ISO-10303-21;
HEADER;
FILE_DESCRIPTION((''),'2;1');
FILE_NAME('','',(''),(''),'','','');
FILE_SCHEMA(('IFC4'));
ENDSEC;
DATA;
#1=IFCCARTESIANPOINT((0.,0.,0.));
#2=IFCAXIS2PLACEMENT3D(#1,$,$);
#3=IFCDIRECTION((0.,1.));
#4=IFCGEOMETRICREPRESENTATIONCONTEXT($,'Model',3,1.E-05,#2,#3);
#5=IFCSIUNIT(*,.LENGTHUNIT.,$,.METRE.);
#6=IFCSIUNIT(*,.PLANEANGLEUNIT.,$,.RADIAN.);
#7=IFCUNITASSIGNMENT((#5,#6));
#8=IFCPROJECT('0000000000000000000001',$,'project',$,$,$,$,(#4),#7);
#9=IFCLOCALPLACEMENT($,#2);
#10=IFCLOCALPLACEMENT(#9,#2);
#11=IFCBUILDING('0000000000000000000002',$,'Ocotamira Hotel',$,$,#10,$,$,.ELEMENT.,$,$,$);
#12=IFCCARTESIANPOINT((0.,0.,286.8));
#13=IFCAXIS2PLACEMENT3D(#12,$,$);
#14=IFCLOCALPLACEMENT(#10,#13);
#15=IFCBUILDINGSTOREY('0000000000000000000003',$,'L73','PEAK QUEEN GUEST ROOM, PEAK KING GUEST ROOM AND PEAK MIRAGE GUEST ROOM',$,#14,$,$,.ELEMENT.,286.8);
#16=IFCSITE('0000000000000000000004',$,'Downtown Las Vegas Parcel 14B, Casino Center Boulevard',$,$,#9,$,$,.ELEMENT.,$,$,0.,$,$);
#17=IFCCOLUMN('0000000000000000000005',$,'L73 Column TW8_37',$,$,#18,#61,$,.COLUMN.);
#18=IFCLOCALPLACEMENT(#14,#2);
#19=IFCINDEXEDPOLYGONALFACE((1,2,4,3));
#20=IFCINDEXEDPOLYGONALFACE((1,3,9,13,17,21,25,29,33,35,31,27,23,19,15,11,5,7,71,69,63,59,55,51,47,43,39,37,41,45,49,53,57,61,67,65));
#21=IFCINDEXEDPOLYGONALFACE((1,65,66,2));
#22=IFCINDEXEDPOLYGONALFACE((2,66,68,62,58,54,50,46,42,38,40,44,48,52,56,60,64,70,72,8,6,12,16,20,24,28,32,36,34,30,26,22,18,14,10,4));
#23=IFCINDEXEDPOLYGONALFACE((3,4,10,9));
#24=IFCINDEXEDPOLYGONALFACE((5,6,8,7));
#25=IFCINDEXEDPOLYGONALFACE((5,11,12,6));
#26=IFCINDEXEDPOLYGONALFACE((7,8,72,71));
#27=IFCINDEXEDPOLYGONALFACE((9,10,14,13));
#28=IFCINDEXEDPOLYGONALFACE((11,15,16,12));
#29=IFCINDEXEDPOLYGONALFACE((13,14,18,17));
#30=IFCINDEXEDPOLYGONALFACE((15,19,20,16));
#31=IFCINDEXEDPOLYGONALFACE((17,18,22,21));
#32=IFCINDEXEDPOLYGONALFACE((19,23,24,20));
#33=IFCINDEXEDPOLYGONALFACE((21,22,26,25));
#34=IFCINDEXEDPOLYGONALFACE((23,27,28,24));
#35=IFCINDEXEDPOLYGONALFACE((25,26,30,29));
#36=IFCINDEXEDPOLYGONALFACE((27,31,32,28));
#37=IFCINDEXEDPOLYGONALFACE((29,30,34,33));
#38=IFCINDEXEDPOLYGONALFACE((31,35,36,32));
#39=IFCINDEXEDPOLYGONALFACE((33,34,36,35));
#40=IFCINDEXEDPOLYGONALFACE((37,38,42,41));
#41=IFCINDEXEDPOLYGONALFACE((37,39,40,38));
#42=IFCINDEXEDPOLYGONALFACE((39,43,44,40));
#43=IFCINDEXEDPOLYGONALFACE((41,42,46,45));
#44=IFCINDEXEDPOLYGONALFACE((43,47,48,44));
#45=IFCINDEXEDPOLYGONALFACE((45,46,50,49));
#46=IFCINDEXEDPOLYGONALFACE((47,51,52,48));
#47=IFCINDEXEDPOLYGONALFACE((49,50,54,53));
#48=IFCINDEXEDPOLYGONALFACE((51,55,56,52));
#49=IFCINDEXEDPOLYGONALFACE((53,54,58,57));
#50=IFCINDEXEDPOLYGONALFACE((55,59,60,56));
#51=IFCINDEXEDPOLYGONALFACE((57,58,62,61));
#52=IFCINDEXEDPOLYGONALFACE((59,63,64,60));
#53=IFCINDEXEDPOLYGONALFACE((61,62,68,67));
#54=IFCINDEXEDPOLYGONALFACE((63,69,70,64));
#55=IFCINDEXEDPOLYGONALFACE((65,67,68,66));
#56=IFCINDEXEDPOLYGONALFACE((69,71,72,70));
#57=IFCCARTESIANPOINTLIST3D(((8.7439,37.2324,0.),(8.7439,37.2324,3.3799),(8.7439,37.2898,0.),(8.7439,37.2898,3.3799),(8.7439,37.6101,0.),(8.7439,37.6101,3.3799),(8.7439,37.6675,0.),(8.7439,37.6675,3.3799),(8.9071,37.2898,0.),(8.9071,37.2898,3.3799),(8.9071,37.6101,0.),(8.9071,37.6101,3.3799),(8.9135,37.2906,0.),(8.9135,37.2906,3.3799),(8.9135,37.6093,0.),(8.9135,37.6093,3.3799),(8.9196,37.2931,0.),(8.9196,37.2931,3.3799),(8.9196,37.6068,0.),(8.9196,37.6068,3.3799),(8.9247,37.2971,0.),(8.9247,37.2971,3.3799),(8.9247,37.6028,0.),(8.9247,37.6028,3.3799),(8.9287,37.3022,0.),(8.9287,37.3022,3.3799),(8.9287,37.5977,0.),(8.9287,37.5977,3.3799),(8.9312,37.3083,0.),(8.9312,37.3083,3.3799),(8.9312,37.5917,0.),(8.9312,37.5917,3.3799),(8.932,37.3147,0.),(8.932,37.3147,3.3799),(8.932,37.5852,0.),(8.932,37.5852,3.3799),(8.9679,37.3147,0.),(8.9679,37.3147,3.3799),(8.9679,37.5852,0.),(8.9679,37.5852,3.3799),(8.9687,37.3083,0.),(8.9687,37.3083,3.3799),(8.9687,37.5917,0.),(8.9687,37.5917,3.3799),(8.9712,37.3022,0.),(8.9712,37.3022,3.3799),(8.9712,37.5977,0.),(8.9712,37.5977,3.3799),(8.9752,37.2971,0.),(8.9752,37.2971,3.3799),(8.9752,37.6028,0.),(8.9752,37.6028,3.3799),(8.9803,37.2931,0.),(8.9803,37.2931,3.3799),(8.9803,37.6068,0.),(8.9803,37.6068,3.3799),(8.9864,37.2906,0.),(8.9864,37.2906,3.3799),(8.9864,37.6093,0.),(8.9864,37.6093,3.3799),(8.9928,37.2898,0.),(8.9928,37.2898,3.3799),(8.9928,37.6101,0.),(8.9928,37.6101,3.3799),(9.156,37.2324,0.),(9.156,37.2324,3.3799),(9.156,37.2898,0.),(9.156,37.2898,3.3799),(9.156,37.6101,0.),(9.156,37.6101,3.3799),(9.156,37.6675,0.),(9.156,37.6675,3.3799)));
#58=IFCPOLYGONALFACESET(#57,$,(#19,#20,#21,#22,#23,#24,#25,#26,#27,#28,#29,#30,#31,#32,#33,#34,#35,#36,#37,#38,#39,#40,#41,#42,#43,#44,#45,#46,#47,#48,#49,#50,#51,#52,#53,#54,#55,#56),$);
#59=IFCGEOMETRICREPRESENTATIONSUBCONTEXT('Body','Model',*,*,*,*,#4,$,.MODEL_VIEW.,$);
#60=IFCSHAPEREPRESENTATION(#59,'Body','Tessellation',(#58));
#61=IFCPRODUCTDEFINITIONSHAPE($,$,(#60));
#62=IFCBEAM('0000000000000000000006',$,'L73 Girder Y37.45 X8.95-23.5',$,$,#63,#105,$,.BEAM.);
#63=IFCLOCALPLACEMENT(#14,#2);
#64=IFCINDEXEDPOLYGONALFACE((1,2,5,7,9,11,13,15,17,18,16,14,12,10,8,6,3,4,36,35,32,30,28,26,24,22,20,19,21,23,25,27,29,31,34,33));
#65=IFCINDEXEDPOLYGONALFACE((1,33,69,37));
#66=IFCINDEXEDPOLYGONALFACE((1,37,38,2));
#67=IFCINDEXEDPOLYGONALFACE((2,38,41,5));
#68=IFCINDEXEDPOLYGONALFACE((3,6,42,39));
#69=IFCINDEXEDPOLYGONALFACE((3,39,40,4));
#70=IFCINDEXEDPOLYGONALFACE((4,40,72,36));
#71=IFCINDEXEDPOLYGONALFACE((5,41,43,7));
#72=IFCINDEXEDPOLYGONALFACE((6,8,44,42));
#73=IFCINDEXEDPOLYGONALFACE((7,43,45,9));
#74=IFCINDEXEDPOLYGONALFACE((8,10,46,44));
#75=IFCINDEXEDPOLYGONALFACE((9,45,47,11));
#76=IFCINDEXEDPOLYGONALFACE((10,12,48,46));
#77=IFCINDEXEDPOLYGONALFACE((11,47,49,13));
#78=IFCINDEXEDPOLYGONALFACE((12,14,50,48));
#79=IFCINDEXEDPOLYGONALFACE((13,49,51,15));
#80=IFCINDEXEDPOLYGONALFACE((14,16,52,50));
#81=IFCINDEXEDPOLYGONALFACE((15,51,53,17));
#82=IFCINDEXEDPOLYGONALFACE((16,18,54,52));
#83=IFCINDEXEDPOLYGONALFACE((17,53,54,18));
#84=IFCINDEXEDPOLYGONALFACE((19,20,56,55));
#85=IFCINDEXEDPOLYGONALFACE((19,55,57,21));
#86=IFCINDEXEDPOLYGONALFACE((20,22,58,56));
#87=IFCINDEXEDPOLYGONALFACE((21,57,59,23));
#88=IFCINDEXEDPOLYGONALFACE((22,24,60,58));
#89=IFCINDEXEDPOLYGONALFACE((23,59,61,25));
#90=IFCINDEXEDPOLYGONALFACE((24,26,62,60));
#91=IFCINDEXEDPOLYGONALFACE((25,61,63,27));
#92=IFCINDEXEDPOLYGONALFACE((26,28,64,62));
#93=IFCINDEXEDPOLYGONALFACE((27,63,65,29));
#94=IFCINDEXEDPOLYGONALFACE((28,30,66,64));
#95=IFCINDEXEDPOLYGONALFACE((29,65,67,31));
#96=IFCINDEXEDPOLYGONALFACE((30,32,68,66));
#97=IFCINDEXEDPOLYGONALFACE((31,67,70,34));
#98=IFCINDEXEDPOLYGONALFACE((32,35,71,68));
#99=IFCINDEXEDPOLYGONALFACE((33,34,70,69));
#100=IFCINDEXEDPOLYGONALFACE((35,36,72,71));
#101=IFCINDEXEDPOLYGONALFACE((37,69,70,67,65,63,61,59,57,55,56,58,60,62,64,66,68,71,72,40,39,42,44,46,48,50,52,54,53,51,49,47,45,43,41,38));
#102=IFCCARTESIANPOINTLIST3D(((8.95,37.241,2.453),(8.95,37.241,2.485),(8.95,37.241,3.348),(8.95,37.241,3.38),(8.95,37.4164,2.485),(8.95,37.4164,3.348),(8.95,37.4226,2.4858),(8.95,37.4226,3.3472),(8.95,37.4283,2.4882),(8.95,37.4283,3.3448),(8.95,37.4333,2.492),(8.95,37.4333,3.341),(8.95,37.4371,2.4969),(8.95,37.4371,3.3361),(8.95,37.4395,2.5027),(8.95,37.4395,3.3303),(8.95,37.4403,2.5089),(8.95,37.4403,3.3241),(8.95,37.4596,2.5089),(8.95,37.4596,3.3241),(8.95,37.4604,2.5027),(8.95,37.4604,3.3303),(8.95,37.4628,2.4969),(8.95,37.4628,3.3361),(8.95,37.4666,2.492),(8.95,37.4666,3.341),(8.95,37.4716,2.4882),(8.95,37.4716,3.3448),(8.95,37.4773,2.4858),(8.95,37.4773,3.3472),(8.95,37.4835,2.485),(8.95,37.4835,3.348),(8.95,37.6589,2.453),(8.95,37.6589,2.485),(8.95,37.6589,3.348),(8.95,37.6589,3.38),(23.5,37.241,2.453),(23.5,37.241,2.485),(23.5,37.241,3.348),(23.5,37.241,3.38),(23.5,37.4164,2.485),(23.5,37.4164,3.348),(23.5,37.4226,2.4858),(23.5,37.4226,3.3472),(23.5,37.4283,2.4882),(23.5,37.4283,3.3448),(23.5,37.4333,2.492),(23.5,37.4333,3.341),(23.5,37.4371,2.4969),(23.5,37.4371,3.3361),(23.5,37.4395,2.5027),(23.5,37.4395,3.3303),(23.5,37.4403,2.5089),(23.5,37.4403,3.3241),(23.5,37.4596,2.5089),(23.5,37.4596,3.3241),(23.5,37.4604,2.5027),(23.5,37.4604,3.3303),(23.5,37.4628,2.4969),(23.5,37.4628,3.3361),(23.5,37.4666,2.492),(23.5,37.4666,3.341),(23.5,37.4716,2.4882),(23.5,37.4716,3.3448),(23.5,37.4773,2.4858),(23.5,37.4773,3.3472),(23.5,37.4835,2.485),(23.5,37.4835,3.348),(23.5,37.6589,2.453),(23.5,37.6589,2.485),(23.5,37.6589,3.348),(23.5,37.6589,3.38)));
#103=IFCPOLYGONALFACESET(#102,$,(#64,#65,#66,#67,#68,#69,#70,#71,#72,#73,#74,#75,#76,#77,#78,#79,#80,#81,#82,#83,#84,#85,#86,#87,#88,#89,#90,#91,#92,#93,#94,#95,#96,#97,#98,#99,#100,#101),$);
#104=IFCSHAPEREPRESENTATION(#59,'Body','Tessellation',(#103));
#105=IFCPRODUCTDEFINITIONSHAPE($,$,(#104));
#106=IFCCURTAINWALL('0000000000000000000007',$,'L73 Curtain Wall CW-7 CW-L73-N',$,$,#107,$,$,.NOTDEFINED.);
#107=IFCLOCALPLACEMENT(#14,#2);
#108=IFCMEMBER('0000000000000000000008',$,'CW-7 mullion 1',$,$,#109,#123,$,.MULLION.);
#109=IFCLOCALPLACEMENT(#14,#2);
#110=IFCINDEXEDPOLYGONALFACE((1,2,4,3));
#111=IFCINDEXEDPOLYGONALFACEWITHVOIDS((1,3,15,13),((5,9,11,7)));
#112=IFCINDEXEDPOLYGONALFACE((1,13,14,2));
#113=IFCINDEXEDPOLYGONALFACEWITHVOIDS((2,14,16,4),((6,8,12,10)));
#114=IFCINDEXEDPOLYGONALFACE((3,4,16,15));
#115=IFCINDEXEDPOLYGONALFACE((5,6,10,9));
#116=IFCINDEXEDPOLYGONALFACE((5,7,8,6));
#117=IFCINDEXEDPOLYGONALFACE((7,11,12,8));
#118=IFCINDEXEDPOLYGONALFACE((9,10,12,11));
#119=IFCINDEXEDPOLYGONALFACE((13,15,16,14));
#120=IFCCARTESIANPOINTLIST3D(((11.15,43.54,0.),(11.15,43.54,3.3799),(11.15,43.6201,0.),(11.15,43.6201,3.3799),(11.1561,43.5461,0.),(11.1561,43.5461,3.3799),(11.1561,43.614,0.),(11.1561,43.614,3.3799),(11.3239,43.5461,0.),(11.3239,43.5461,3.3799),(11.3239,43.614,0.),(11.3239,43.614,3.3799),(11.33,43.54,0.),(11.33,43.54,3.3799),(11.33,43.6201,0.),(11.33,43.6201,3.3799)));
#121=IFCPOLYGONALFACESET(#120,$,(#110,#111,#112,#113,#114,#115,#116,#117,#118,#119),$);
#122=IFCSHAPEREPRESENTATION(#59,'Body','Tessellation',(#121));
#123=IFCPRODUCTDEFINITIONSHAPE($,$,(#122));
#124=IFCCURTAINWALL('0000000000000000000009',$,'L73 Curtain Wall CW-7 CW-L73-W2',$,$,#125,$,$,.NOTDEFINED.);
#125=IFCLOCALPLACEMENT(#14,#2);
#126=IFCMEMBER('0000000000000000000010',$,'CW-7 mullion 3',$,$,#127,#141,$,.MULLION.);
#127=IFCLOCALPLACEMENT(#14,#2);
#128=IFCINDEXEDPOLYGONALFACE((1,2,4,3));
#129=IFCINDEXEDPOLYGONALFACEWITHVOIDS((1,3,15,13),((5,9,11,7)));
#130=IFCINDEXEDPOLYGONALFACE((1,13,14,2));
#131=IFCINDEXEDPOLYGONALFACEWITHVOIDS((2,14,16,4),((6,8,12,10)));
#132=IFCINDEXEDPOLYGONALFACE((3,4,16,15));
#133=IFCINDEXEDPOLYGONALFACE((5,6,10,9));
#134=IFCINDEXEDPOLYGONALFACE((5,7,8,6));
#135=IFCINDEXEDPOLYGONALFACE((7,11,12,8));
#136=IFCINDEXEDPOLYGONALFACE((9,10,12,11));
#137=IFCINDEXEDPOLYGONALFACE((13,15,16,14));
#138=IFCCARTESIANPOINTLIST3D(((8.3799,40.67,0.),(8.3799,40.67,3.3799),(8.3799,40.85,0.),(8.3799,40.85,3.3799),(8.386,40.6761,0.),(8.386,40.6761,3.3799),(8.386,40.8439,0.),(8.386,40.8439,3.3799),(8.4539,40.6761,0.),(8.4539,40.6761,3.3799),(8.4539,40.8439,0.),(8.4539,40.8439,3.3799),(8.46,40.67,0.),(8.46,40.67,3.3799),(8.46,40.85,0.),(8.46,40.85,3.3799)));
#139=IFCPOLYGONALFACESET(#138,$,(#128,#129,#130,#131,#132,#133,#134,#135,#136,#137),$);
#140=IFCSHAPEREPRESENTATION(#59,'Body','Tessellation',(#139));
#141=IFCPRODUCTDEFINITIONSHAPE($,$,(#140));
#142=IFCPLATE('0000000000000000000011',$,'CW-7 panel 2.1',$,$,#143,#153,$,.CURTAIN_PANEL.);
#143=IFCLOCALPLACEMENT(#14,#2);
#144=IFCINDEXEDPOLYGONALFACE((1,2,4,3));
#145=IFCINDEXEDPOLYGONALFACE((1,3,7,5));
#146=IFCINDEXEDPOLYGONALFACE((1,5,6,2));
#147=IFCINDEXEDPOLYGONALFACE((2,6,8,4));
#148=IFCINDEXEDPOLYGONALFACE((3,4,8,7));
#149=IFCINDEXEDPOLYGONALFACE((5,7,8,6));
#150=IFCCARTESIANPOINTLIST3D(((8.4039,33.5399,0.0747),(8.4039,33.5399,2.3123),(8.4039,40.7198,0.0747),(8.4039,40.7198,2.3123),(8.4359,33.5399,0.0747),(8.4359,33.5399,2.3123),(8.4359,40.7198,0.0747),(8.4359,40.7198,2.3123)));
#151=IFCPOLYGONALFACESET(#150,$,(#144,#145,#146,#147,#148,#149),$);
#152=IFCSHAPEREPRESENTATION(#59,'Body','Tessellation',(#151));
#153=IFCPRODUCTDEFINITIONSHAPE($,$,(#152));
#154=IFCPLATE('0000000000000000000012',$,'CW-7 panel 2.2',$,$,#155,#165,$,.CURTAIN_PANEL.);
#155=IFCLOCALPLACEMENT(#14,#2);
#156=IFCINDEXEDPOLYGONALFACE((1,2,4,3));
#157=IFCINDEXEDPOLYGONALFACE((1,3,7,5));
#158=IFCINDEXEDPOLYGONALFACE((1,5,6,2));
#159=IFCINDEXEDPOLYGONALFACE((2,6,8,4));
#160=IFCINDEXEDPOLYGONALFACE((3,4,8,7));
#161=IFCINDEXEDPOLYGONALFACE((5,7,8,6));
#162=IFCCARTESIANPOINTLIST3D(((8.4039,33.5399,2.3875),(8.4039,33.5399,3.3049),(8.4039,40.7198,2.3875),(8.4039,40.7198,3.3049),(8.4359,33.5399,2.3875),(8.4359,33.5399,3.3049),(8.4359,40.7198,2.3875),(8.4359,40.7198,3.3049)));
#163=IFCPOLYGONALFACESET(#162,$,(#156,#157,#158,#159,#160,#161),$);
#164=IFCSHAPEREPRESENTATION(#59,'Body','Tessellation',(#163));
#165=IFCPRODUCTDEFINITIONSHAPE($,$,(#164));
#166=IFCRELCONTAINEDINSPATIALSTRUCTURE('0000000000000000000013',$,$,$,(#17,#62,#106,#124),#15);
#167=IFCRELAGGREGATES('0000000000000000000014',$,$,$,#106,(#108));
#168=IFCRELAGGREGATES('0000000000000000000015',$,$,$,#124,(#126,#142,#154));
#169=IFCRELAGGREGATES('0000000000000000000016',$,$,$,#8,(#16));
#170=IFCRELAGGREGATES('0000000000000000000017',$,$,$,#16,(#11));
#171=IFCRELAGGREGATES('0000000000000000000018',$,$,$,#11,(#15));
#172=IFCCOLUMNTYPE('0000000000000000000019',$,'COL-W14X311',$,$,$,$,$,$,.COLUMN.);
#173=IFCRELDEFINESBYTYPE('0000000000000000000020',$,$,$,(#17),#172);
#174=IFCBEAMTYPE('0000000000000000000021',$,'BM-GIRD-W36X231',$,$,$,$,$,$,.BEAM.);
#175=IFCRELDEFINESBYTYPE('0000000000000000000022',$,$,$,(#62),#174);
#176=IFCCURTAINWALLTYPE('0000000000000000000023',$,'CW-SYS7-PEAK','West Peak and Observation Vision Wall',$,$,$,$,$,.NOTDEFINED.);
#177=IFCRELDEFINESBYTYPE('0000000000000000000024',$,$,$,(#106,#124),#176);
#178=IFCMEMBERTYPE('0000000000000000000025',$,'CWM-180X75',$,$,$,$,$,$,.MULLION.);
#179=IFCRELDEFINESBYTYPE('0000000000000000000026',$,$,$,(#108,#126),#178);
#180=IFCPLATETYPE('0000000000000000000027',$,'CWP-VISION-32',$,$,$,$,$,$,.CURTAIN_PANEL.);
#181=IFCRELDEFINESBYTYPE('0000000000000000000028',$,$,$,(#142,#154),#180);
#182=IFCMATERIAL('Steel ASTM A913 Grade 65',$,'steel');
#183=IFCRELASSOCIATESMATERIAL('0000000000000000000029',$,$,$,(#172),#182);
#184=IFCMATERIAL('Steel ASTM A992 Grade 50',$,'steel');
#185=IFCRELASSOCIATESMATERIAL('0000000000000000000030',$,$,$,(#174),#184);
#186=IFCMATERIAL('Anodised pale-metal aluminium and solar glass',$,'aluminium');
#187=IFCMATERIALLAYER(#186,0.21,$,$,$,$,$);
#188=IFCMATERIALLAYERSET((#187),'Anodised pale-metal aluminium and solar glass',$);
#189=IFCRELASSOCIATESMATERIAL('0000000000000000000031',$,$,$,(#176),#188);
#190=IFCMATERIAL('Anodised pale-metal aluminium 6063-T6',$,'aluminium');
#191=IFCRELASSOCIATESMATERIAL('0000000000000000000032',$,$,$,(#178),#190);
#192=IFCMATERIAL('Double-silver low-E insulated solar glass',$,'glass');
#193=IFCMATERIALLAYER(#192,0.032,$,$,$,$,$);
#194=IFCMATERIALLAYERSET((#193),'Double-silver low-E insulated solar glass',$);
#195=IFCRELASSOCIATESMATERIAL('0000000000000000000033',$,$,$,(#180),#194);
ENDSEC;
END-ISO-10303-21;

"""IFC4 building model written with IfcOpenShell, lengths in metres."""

from ifc_helpers import new_model, si_unit, direction, frame, origin, origin_2d, place, context, subcontext, project, spatial, rectangle, hollow_rectangle, i_section, extrude, source, transform, mapped, material, layer, layer_set, material_profile, profile_set, type_object, element, aggregate, save


model = new_model("IFC4")

# Units and contexts
model_context = context("Model", 3, precision=1e-05, world=origin(), true_north=direction((0.0, 1.0)))
body_context = subcontext(model_context, "Body", "Model", "MODEL_VIEW")
ifc_project = project(units=[si_unit("LENGTHUNIT", "METRE"), si_unit("PLANEANGLEUNIT", "RADIAN")], contexts=[model_context])

# Site, building, storey
site_placement = place(None, origin())
site = spatial("IfcSite", under=ifc_project, at=site_placement, Name="Downtown Las Vegas Parcel 14B, Casino Center Boulevard", CompositionType="ELEMENT", RefElevation=0.0)
building_placement = place(site_placement, origin())
building = spatial("IfcBuilding", under=site, at=building_placement, Name="Ocotamira Hotel", CompositionType="ELEMENT")
storey_placement = place(building_placement, frame((0.0, 0.0, 286.8)))
storey = spatial("IfcBuildingStorey", under=building, at=storey_placement, Name="L73", Description="PEAK QUEEN GUEST ROOM, PEAK KING GUEST ROOM AND PEAK MIRAGE GUEST ROOM", CompositionType="ELEMENT", Elevation=286.8)

# Column
ifc_material_1 = material(Name="Steel ASTM A913 Grade 65", Category="steel")
ifc_material_profile_1 = material_profile(ifc_material_1, i_section(OverallWidth=0.4121, OverallDepth=0.4351, WebThickness=0.0359, FlangeThickness=0.0574, FilletRadius=0.0249, at=origin_2d()), Name="W14X311")
ifc_profile_set_1 = profile_set([ifc_material_profile_1], Name="Steel ASTM A913 Grade 65")
column_type = type_object("IfcColumnType", Name="COL-W14X311", PredefinedType="COLUMN", material=ifc_profile_set_1)
shared_shape_1 = source(origin(), body_context, "Body", "SweptSolid", [
    extrude(i_section(OverallWidth=0.4121, OverallDepth=0.4351, WebThickness=0.0359, FlangeThickness=0.0574, FilletRadius=0.0249, at=origin_2d()), origin(), (0.0, 0.0, 1.0), 3.3799),
])
column_placement = place(storey_placement, frame((8.95, 37.45, 0.0), z_axis=(0.0, 0.0, 1.0), x_axis=(1.0, 0.0, 0.0)))
element("IfcColumn", 1, at=column_placement, inside=storey, type_object=column_type, Name="L73 Column TW8_37", PredefinedType="COLUMN", context=body_context, shape_type="MappedRepresentation", body=[
    mapped(shared_shape_1, transform((0.0, 0.0, 0.0), scale=1.0)),
])

# Beam
ifc_material_2 = material(Name="Steel ASTM A992 Grade 50", Category="steel")
ifc_material_profile_2 = material_profile(ifc_material_2, i_section(OverallWidth=0.418, OverallDepth=0.927, WebThickness=0.0193, FlangeThickness=0.032, FilletRadius=0.0239, at=origin_2d()), Name="W36X231")
ifc_profile_set_2 = profile_set([ifc_material_profile_2], Name="Steel ASTM A992 Grade 50")
beam_type = type_object("IfcBeamType", Name="BM-GIRD-W36X231", PredefinedType="BEAM", material=ifc_profile_set_2)
shared_shape_2 = source(origin(), body_context, "Body", "SweptSolid", [
    extrude(i_section(OverallWidth=0.418, OverallDepth=0.927, WebThickness=0.0193, FlangeThickness=0.032, FilletRadius=0.0239, at=origin_2d()), origin(), (0.0, 0.0, 1.0), 14.55),
])
beam_placement = place(storey_placement, frame((8.95, 37.45, 2.9165), z_axis=(1.0, 0.0, 0.0), x_axis=(0.0, 1.0, 0.0)))
element("IfcBeam", 2, at=beam_placement, inside=storey, type_object=beam_type, Name="L73 Girder Y37.45 X8.95-23.5", PredefinedType="BEAM", context=body_context, shape_type="MappedRepresentation", body=[
    mapped(shared_shape_2, transform((0.0, 0.0, 0.0), scale=1.0)),
])

# Curtain wall, member
ifc_material_3 = material(Name="Anodised pale-metal aluminium and solar glass", Category="aluminium")
ifc_layer_1 = layer(ifc_material_3, 0.21)
ifc_layer_set_1 = layer_set([ifc_layer_1], Name="Anodised pale-metal aluminium and solar glass")
curtain_wall_type = type_object("IfcCurtainWallType", Name="CW-SYS7-PEAK", Description="West Peak and Observation Vision Wall", PredefinedType="NOTDEFINED", material=ifc_layer_set_1)
curtain_wall_1_placement = place(storey_placement, origin())
curtain_wall_1 = element("IfcCurtainWall", 3, at=curtain_wall_1_placement, inside=storey, type_object=curtain_wall_type, Name="L73 Curtain Wall CW-7 CW-L73-N", PredefinedType="NOTDEFINED")
ifc_material_4 = material(Name="Anodised pale-metal aluminium 6063-T6", Category="aluminium")
ifc_material_profile_3 = material_profile(ifc_material_4, hollow_rectangle(XDim=0.0801, YDim=0.1799, WallThickness=0.0061, at=origin_2d()), Name="HSS180X80X6")
ifc_profile_set_3 = profile_set([ifc_material_profile_3], Name="Anodised pale-metal aluminium 6063-T6")
member_type = type_object("IfcMemberType", Name="CWM-180X75", PredefinedType="MULLION", material=ifc_profile_set_3)
shared_shape_3 = source(origin(), body_context, "Body", "SweptSolid", [
    extrude(hollow_rectangle(XDim=0.0801, YDim=0.1799, WallThickness=0.0061, at=origin_2d()), origin(), (0.0, 0.0, 1.0), 3.3799),
])
member_1_placement = place(storey_placement, frame((11.24, 43.5801, 0.0), z_axis=(0.0, 0.0, 1.0), x_axis=(0.0, 1.0, 0.0)))
member_1 = element("IfcMember", 4, at=member_1_placement, type_object=member_type, Name="CW-7 mullion 1", PredefinedType="MULLION", context=body_context, shape_type="MappedRepresentation", body=[
    mapped(shared_shape_3, transform((0.0, 0.0, 0.0), scale=1.0)),
])
aggregate(curtain_wall_1, [member_1])

# Curtain wall, member, plates
curtain_wall_2_placement = place(storey_placement, origin())
curtain_wall_2 = element("IfcCurtainWall", 5, at=curtain_wall_2_placement, inside=storey, type_object=curtain_wall_type, Name="L73 Curtain Wall CW-7 CW-L73-W2", PredefinedType="NOTDEFINED")
member_2_placement = place(storey_placement, frame((8.4199, 40.76, 0.0), z_axis=(0.0, 0.0, 1.0), x_axis=(-1.0, 0.0, 0.0)))
member_2 = element("IfcMember", 6, at=member_2_placement, type_object=member_type, Name="CW-7 mullion 3", PredefinedType="MULLION", context=body_context, shape_type="MappedRepresentation", body=[
    mapped(shared_shape_3, transform((0.0, 0.0, 0.0), scale=1.0)),
])
ifc_material_5 = material(Name="Double-silver low-E insulated solar glass", Category="glass")
ifc_layer_2 = layer(ifc_material_5, 0.032)
ifc_layer_set_2 = layer_set([ifc_layer_2], Name="Double-silver low-E insulated solar glass")
plate_type = type_object("IfcPlateType", Name="CWP-VISION-32", PredefinedType="CURTAIN_PANEL", material=ifc_layer_set_2)
shared_shape_4 = source(origin(), body_context, "Body", "SweptSolid", [
    extrude(rectangle(XDim=7.1799, YDim=0.032, at=origin_2d()), origin(), (0.0, 0.0, 1.0), 2.2375),
])
plate_1_placement = place(storey_placement, frame((8.4199, 37.1299, 0.0747), z_axis=(0.0, 0.0, 1.0), x_axis=(0.0, 1.0, 0.0)))
plate_1 = element("IfcPlate", 7, at=plate_1_placement, type_object=plate_type, Name="CW-7 panel 2.1", PredefinedType="CURTAIN_PANEL", context=body_context, shape_type="MappedRepresentation", body=[
    mapped(shared_shape_4, transform((0.0, 0.0, 0.0), scale=1.0)),
])
shared_shape_5 = source(origin(), body_context, "Body", "SweptSolid", [
    extrude(rectangle(XDim=7.1799, YDim=0.032, at=origin_2d()), origin(), (0.0, 0.0, 1.0), 0.9175),
])
plate_2_placement = place(storey_placement, frame((8.4199, 37.1299, 2.3875), z_axis=(0.0, 0.0, 1.0), x_axis=(0.0, 1.0, 0.0)))
plate_2 = element("IfcPlate", 8, at=plate_2_placement, type_object=plate_type, Name="CW-7 panel 2.2", PredefinedType="CURTAIN_PANEL", context=body_context, shape_type="MappedRepresentation", body=[
    mapped(shared_shape_5, transform((0.0, 0.0, 0.0), scale=1.0)),
])
aggregate(curtain_wall_2, [member_2, plate_1, plate_2])

save(model, "model.ifc")
